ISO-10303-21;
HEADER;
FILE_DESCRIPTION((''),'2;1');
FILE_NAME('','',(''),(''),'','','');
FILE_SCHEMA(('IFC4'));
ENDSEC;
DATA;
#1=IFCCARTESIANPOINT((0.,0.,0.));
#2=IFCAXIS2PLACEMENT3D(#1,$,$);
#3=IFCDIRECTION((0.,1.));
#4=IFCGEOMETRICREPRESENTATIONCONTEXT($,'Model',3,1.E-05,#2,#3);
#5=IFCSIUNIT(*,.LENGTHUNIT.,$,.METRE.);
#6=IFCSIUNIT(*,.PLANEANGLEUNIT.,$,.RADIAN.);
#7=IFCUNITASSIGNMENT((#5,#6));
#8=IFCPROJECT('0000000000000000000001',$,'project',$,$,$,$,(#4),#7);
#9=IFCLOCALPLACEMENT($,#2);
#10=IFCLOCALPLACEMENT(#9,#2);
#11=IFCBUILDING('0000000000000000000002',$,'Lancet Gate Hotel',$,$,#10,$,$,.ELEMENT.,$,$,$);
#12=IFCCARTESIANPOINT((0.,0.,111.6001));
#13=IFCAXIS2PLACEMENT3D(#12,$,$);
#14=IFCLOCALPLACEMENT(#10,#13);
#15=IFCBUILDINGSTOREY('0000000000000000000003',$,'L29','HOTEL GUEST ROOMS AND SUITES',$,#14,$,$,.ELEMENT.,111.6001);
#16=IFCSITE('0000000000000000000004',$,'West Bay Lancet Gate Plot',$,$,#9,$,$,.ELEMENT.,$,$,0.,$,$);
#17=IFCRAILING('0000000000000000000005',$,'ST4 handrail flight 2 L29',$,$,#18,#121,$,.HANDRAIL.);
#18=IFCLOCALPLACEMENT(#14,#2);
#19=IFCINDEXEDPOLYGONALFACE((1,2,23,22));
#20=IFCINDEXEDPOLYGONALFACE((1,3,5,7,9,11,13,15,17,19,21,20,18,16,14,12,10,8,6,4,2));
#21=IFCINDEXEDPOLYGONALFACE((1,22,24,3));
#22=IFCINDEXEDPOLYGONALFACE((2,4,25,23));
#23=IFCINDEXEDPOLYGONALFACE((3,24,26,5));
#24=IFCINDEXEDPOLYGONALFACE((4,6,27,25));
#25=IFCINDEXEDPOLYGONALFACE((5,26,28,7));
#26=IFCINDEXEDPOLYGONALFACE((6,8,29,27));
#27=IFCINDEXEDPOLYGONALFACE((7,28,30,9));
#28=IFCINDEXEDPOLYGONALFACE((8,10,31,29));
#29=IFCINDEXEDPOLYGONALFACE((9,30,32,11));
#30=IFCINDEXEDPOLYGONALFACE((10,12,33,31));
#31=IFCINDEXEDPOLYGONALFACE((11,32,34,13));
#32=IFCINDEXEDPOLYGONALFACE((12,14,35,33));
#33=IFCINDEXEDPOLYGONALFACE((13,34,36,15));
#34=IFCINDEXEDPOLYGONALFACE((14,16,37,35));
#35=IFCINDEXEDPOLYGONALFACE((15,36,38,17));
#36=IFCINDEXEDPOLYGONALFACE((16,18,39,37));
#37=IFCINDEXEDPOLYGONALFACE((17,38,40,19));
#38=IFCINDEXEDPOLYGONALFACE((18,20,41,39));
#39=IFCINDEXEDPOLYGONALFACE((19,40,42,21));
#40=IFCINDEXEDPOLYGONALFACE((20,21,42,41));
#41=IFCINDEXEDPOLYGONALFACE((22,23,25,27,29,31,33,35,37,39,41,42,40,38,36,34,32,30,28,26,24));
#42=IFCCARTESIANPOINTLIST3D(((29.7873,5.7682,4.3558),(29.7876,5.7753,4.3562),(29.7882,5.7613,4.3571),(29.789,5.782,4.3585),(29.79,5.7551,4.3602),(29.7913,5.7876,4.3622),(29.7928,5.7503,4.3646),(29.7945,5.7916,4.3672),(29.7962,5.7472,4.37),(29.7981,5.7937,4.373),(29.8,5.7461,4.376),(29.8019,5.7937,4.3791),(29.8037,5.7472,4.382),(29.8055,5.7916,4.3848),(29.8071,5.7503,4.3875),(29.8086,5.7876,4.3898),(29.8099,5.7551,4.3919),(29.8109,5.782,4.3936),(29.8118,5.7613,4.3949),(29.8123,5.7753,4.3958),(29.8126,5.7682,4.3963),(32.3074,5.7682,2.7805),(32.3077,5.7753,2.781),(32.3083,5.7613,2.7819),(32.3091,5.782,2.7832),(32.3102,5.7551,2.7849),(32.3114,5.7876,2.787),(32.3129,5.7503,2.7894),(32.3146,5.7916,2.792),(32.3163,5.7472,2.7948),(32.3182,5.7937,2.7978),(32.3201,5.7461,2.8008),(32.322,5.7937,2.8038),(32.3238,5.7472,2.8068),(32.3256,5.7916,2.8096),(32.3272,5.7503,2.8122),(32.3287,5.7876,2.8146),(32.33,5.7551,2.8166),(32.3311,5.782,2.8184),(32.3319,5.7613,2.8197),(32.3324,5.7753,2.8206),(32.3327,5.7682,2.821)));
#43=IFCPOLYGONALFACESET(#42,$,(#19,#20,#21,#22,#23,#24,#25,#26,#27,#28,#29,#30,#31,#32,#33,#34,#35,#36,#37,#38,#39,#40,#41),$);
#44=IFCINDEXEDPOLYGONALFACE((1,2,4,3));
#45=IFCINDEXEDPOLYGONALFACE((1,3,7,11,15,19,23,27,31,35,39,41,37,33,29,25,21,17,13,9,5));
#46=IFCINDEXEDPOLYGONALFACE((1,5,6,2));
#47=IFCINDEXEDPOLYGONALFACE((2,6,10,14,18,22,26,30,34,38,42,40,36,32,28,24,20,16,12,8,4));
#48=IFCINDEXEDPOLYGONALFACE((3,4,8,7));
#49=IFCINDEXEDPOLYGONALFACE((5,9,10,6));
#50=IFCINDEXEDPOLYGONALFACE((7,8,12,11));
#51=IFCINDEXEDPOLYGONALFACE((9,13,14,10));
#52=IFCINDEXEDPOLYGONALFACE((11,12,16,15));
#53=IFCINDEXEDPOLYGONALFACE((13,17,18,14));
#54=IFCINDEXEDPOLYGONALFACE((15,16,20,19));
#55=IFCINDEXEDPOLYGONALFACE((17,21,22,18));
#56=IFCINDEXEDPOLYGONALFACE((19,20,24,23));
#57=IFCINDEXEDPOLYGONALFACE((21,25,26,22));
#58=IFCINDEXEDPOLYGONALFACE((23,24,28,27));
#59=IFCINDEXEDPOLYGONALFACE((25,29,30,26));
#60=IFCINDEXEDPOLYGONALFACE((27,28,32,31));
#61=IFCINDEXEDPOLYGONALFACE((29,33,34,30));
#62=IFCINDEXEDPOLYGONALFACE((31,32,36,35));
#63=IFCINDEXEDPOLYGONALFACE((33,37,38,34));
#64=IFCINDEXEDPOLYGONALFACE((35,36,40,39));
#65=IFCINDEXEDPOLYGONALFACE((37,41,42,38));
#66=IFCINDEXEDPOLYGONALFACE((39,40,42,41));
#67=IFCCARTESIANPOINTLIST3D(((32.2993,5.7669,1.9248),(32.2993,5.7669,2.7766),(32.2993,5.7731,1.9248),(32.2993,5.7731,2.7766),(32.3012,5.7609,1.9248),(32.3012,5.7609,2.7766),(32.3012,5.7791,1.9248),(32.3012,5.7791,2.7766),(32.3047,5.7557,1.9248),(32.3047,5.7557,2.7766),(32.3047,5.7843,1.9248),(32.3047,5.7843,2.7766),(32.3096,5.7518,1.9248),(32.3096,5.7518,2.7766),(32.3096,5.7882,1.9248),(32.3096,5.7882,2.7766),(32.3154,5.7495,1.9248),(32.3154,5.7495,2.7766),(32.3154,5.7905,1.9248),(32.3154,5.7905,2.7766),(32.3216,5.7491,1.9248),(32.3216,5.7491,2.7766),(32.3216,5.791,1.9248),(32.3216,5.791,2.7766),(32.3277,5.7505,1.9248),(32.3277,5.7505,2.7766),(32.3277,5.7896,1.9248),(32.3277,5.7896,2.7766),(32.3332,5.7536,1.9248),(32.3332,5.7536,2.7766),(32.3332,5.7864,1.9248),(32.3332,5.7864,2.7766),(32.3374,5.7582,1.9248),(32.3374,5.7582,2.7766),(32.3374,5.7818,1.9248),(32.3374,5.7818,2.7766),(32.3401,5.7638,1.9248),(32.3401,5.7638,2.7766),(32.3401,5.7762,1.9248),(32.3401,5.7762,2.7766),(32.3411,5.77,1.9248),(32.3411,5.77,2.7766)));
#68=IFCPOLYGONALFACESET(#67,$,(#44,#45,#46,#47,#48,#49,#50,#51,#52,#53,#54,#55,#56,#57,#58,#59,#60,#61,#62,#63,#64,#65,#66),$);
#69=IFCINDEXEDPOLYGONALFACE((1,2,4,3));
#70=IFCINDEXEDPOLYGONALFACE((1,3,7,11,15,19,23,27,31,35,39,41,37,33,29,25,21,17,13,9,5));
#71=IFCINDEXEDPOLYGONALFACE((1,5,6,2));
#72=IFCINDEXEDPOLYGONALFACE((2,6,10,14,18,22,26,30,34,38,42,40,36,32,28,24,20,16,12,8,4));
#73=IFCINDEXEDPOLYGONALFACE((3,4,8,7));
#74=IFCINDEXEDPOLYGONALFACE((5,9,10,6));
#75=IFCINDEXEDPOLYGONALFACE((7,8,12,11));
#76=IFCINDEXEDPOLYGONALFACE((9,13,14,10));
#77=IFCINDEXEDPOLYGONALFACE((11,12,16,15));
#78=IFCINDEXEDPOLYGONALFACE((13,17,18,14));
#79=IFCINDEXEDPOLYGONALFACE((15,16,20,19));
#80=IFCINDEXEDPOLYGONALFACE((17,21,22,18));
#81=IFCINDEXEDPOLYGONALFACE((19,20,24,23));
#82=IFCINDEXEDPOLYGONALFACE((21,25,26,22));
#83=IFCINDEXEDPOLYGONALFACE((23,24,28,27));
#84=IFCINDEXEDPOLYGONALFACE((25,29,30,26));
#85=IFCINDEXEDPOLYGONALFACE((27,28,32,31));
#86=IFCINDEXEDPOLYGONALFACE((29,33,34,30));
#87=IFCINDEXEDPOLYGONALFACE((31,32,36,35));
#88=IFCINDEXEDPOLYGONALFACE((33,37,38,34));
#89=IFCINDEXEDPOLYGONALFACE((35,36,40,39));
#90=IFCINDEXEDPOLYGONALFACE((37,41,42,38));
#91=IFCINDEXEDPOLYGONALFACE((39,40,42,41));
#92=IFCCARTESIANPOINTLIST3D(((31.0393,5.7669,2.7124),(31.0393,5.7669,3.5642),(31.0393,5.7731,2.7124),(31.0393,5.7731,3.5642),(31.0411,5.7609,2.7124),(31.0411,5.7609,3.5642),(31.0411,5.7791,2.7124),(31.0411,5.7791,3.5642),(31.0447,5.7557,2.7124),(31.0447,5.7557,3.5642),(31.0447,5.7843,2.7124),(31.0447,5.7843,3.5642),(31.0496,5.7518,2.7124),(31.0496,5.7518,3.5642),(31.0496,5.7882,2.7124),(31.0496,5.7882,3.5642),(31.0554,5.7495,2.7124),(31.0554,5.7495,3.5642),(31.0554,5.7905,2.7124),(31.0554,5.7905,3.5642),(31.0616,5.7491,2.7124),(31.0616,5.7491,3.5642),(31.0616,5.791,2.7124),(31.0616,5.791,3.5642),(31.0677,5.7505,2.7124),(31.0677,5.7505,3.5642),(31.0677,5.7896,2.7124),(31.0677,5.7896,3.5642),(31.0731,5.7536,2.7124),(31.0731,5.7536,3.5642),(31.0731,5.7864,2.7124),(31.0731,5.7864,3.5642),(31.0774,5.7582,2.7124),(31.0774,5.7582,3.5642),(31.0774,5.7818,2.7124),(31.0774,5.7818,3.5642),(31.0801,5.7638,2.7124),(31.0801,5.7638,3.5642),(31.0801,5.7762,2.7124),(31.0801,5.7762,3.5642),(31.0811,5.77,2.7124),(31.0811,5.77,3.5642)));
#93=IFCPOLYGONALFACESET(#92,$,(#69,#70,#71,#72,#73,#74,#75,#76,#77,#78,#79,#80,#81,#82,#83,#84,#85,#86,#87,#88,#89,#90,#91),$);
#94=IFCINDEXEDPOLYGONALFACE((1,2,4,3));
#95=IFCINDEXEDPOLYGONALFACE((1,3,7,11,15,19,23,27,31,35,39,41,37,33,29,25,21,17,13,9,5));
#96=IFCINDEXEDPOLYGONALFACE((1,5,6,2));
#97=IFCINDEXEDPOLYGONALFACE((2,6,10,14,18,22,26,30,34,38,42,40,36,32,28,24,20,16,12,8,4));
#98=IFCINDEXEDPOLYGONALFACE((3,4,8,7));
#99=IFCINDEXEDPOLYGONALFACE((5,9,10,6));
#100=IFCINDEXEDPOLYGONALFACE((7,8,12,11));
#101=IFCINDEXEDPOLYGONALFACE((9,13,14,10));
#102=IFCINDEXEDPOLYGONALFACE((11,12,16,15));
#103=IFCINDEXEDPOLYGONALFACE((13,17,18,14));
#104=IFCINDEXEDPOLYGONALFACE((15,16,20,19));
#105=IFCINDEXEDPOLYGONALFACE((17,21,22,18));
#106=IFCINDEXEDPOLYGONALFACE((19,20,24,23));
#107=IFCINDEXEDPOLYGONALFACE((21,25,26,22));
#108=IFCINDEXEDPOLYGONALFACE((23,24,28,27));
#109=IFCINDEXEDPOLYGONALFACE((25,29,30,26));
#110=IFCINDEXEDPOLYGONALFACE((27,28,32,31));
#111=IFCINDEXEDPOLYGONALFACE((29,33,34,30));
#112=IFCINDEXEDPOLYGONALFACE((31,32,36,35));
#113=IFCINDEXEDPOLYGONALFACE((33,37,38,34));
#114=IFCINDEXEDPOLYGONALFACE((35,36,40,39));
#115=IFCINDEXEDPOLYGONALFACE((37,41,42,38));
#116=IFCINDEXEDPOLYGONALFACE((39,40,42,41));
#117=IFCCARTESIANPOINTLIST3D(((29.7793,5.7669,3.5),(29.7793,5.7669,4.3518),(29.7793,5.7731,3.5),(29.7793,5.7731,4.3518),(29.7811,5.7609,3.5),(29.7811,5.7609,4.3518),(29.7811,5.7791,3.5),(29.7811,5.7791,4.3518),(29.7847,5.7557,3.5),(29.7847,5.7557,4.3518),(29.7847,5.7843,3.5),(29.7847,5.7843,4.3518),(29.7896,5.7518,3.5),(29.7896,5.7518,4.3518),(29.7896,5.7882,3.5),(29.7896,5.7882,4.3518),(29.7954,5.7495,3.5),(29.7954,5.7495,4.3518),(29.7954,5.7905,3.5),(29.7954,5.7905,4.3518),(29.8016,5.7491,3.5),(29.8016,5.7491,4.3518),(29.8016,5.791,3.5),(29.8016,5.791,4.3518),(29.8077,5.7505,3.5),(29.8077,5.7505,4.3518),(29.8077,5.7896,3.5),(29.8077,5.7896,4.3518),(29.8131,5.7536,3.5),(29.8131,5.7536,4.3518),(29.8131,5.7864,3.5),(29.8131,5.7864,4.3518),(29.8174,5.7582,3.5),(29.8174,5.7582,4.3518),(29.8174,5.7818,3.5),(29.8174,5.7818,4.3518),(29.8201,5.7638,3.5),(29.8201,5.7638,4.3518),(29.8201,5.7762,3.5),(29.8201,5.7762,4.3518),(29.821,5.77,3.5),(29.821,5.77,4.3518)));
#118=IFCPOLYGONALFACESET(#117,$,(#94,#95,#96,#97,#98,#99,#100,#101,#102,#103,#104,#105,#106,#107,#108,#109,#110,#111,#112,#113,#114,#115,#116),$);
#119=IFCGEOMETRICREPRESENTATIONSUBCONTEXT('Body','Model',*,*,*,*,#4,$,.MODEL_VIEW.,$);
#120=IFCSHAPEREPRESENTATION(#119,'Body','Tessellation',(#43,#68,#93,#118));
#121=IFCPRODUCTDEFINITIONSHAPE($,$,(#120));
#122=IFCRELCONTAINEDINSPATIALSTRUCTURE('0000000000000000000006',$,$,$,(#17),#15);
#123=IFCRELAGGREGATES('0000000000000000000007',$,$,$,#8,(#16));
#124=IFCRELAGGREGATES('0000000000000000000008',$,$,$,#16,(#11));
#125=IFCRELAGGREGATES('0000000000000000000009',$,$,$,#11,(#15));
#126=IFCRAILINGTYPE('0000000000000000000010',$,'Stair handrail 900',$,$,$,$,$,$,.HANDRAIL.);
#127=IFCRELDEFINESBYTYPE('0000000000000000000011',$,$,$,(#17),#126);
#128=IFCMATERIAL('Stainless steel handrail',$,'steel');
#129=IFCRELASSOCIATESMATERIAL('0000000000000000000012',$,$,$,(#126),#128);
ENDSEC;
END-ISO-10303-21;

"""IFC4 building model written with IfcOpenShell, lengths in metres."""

from ifc_helpers import new_model, si_unit, direction, frame, origin, origin_2d, place, context, subcontext, project, spatial, circle, extrude, material, type_object, element, save


model = new_model("IFC4")

# Units and contexts
model_context = context("Model", 3, precision=1e-05, world=origin(), true_north=direction((0.0, 1.0)))
body_context = subcontext(model_context, "Body", "Model", "MODEL_VIEW")
ifc_project = project(units=[si_unit("LENGTHUNIT", "METRE"), si_unit("PLANEANGLEUNIT", "RADIAN")], contexts=[model_context])

# Site, building, storey
site_placement = place(None, origin())
site = spatial("IfcSite", under=ifc_project, at=site_placement, Name="West Bay Lancet Gate Plot", CompositionType="ELEMENT", RefElevation=0.0)
building_placement = place(site_placement, origin())
building = spatial("IfcBuilding", under=site, at=building_placement, Name="Lancet Gate Hotel", CompositionType="ELEMENT")
storey_placement = place(building_placement, frame((0.0, 0.0, 111.6001)))
storey = spatial("IfcBuildingStorey", under=building, at=storey_placement, Name="L29", Description="HOTEL GUEST ROOMS AND SUITES", CompositionType="ELEMENT", Elevation=111.6001)

# Railing
ifc_material_1 = material(Name="Stainless steel handrail", Category="steel")
railing_type = type_object("IfcRailingType", Name="Stair handrail 900", PredefinedType="HANDRAIL", material=ifc_material_1)
railing_1_placement = place(storey_placement, frame((32.3201, 5.77, 1.9248)))
element("IfcRailing", 1, at=railing_1_placement, inside=storey, type_object=railing_type, Name="ST4 handrail flight 2 L29", PredefinedType="HANDRAIL", context=body_context, shape_type="SweptSolid", body=[
    extrude(circle(Radius=0.0239, at=origin_2d()), frame((0.0, 0.0, 0.876), z_axis=(-0.847971, 0.0, 0.530043), x_axis=(0.0, -1.0, 0.0)), (0.0, 0.0, 1.0), 2.9719),
    extrude(circle(Radius=0.021, at=origin_2d()), origin(), (0.0, 0.0, 1.0), 0.8518),
    extrude(circle(Radius=0.021, at=origin_2d()), frame((-1.26, 0.0, 0.7876)), (0.0, 0.0, 1.0), 0.8518),
    extrude(circle(Radius=0.021, at=origin_2d()), frame((-2.52, 0.0, 1.5752)), (0.0, 0.0, 1.0), 0.8518),
])

save(model, "model.ifc")
